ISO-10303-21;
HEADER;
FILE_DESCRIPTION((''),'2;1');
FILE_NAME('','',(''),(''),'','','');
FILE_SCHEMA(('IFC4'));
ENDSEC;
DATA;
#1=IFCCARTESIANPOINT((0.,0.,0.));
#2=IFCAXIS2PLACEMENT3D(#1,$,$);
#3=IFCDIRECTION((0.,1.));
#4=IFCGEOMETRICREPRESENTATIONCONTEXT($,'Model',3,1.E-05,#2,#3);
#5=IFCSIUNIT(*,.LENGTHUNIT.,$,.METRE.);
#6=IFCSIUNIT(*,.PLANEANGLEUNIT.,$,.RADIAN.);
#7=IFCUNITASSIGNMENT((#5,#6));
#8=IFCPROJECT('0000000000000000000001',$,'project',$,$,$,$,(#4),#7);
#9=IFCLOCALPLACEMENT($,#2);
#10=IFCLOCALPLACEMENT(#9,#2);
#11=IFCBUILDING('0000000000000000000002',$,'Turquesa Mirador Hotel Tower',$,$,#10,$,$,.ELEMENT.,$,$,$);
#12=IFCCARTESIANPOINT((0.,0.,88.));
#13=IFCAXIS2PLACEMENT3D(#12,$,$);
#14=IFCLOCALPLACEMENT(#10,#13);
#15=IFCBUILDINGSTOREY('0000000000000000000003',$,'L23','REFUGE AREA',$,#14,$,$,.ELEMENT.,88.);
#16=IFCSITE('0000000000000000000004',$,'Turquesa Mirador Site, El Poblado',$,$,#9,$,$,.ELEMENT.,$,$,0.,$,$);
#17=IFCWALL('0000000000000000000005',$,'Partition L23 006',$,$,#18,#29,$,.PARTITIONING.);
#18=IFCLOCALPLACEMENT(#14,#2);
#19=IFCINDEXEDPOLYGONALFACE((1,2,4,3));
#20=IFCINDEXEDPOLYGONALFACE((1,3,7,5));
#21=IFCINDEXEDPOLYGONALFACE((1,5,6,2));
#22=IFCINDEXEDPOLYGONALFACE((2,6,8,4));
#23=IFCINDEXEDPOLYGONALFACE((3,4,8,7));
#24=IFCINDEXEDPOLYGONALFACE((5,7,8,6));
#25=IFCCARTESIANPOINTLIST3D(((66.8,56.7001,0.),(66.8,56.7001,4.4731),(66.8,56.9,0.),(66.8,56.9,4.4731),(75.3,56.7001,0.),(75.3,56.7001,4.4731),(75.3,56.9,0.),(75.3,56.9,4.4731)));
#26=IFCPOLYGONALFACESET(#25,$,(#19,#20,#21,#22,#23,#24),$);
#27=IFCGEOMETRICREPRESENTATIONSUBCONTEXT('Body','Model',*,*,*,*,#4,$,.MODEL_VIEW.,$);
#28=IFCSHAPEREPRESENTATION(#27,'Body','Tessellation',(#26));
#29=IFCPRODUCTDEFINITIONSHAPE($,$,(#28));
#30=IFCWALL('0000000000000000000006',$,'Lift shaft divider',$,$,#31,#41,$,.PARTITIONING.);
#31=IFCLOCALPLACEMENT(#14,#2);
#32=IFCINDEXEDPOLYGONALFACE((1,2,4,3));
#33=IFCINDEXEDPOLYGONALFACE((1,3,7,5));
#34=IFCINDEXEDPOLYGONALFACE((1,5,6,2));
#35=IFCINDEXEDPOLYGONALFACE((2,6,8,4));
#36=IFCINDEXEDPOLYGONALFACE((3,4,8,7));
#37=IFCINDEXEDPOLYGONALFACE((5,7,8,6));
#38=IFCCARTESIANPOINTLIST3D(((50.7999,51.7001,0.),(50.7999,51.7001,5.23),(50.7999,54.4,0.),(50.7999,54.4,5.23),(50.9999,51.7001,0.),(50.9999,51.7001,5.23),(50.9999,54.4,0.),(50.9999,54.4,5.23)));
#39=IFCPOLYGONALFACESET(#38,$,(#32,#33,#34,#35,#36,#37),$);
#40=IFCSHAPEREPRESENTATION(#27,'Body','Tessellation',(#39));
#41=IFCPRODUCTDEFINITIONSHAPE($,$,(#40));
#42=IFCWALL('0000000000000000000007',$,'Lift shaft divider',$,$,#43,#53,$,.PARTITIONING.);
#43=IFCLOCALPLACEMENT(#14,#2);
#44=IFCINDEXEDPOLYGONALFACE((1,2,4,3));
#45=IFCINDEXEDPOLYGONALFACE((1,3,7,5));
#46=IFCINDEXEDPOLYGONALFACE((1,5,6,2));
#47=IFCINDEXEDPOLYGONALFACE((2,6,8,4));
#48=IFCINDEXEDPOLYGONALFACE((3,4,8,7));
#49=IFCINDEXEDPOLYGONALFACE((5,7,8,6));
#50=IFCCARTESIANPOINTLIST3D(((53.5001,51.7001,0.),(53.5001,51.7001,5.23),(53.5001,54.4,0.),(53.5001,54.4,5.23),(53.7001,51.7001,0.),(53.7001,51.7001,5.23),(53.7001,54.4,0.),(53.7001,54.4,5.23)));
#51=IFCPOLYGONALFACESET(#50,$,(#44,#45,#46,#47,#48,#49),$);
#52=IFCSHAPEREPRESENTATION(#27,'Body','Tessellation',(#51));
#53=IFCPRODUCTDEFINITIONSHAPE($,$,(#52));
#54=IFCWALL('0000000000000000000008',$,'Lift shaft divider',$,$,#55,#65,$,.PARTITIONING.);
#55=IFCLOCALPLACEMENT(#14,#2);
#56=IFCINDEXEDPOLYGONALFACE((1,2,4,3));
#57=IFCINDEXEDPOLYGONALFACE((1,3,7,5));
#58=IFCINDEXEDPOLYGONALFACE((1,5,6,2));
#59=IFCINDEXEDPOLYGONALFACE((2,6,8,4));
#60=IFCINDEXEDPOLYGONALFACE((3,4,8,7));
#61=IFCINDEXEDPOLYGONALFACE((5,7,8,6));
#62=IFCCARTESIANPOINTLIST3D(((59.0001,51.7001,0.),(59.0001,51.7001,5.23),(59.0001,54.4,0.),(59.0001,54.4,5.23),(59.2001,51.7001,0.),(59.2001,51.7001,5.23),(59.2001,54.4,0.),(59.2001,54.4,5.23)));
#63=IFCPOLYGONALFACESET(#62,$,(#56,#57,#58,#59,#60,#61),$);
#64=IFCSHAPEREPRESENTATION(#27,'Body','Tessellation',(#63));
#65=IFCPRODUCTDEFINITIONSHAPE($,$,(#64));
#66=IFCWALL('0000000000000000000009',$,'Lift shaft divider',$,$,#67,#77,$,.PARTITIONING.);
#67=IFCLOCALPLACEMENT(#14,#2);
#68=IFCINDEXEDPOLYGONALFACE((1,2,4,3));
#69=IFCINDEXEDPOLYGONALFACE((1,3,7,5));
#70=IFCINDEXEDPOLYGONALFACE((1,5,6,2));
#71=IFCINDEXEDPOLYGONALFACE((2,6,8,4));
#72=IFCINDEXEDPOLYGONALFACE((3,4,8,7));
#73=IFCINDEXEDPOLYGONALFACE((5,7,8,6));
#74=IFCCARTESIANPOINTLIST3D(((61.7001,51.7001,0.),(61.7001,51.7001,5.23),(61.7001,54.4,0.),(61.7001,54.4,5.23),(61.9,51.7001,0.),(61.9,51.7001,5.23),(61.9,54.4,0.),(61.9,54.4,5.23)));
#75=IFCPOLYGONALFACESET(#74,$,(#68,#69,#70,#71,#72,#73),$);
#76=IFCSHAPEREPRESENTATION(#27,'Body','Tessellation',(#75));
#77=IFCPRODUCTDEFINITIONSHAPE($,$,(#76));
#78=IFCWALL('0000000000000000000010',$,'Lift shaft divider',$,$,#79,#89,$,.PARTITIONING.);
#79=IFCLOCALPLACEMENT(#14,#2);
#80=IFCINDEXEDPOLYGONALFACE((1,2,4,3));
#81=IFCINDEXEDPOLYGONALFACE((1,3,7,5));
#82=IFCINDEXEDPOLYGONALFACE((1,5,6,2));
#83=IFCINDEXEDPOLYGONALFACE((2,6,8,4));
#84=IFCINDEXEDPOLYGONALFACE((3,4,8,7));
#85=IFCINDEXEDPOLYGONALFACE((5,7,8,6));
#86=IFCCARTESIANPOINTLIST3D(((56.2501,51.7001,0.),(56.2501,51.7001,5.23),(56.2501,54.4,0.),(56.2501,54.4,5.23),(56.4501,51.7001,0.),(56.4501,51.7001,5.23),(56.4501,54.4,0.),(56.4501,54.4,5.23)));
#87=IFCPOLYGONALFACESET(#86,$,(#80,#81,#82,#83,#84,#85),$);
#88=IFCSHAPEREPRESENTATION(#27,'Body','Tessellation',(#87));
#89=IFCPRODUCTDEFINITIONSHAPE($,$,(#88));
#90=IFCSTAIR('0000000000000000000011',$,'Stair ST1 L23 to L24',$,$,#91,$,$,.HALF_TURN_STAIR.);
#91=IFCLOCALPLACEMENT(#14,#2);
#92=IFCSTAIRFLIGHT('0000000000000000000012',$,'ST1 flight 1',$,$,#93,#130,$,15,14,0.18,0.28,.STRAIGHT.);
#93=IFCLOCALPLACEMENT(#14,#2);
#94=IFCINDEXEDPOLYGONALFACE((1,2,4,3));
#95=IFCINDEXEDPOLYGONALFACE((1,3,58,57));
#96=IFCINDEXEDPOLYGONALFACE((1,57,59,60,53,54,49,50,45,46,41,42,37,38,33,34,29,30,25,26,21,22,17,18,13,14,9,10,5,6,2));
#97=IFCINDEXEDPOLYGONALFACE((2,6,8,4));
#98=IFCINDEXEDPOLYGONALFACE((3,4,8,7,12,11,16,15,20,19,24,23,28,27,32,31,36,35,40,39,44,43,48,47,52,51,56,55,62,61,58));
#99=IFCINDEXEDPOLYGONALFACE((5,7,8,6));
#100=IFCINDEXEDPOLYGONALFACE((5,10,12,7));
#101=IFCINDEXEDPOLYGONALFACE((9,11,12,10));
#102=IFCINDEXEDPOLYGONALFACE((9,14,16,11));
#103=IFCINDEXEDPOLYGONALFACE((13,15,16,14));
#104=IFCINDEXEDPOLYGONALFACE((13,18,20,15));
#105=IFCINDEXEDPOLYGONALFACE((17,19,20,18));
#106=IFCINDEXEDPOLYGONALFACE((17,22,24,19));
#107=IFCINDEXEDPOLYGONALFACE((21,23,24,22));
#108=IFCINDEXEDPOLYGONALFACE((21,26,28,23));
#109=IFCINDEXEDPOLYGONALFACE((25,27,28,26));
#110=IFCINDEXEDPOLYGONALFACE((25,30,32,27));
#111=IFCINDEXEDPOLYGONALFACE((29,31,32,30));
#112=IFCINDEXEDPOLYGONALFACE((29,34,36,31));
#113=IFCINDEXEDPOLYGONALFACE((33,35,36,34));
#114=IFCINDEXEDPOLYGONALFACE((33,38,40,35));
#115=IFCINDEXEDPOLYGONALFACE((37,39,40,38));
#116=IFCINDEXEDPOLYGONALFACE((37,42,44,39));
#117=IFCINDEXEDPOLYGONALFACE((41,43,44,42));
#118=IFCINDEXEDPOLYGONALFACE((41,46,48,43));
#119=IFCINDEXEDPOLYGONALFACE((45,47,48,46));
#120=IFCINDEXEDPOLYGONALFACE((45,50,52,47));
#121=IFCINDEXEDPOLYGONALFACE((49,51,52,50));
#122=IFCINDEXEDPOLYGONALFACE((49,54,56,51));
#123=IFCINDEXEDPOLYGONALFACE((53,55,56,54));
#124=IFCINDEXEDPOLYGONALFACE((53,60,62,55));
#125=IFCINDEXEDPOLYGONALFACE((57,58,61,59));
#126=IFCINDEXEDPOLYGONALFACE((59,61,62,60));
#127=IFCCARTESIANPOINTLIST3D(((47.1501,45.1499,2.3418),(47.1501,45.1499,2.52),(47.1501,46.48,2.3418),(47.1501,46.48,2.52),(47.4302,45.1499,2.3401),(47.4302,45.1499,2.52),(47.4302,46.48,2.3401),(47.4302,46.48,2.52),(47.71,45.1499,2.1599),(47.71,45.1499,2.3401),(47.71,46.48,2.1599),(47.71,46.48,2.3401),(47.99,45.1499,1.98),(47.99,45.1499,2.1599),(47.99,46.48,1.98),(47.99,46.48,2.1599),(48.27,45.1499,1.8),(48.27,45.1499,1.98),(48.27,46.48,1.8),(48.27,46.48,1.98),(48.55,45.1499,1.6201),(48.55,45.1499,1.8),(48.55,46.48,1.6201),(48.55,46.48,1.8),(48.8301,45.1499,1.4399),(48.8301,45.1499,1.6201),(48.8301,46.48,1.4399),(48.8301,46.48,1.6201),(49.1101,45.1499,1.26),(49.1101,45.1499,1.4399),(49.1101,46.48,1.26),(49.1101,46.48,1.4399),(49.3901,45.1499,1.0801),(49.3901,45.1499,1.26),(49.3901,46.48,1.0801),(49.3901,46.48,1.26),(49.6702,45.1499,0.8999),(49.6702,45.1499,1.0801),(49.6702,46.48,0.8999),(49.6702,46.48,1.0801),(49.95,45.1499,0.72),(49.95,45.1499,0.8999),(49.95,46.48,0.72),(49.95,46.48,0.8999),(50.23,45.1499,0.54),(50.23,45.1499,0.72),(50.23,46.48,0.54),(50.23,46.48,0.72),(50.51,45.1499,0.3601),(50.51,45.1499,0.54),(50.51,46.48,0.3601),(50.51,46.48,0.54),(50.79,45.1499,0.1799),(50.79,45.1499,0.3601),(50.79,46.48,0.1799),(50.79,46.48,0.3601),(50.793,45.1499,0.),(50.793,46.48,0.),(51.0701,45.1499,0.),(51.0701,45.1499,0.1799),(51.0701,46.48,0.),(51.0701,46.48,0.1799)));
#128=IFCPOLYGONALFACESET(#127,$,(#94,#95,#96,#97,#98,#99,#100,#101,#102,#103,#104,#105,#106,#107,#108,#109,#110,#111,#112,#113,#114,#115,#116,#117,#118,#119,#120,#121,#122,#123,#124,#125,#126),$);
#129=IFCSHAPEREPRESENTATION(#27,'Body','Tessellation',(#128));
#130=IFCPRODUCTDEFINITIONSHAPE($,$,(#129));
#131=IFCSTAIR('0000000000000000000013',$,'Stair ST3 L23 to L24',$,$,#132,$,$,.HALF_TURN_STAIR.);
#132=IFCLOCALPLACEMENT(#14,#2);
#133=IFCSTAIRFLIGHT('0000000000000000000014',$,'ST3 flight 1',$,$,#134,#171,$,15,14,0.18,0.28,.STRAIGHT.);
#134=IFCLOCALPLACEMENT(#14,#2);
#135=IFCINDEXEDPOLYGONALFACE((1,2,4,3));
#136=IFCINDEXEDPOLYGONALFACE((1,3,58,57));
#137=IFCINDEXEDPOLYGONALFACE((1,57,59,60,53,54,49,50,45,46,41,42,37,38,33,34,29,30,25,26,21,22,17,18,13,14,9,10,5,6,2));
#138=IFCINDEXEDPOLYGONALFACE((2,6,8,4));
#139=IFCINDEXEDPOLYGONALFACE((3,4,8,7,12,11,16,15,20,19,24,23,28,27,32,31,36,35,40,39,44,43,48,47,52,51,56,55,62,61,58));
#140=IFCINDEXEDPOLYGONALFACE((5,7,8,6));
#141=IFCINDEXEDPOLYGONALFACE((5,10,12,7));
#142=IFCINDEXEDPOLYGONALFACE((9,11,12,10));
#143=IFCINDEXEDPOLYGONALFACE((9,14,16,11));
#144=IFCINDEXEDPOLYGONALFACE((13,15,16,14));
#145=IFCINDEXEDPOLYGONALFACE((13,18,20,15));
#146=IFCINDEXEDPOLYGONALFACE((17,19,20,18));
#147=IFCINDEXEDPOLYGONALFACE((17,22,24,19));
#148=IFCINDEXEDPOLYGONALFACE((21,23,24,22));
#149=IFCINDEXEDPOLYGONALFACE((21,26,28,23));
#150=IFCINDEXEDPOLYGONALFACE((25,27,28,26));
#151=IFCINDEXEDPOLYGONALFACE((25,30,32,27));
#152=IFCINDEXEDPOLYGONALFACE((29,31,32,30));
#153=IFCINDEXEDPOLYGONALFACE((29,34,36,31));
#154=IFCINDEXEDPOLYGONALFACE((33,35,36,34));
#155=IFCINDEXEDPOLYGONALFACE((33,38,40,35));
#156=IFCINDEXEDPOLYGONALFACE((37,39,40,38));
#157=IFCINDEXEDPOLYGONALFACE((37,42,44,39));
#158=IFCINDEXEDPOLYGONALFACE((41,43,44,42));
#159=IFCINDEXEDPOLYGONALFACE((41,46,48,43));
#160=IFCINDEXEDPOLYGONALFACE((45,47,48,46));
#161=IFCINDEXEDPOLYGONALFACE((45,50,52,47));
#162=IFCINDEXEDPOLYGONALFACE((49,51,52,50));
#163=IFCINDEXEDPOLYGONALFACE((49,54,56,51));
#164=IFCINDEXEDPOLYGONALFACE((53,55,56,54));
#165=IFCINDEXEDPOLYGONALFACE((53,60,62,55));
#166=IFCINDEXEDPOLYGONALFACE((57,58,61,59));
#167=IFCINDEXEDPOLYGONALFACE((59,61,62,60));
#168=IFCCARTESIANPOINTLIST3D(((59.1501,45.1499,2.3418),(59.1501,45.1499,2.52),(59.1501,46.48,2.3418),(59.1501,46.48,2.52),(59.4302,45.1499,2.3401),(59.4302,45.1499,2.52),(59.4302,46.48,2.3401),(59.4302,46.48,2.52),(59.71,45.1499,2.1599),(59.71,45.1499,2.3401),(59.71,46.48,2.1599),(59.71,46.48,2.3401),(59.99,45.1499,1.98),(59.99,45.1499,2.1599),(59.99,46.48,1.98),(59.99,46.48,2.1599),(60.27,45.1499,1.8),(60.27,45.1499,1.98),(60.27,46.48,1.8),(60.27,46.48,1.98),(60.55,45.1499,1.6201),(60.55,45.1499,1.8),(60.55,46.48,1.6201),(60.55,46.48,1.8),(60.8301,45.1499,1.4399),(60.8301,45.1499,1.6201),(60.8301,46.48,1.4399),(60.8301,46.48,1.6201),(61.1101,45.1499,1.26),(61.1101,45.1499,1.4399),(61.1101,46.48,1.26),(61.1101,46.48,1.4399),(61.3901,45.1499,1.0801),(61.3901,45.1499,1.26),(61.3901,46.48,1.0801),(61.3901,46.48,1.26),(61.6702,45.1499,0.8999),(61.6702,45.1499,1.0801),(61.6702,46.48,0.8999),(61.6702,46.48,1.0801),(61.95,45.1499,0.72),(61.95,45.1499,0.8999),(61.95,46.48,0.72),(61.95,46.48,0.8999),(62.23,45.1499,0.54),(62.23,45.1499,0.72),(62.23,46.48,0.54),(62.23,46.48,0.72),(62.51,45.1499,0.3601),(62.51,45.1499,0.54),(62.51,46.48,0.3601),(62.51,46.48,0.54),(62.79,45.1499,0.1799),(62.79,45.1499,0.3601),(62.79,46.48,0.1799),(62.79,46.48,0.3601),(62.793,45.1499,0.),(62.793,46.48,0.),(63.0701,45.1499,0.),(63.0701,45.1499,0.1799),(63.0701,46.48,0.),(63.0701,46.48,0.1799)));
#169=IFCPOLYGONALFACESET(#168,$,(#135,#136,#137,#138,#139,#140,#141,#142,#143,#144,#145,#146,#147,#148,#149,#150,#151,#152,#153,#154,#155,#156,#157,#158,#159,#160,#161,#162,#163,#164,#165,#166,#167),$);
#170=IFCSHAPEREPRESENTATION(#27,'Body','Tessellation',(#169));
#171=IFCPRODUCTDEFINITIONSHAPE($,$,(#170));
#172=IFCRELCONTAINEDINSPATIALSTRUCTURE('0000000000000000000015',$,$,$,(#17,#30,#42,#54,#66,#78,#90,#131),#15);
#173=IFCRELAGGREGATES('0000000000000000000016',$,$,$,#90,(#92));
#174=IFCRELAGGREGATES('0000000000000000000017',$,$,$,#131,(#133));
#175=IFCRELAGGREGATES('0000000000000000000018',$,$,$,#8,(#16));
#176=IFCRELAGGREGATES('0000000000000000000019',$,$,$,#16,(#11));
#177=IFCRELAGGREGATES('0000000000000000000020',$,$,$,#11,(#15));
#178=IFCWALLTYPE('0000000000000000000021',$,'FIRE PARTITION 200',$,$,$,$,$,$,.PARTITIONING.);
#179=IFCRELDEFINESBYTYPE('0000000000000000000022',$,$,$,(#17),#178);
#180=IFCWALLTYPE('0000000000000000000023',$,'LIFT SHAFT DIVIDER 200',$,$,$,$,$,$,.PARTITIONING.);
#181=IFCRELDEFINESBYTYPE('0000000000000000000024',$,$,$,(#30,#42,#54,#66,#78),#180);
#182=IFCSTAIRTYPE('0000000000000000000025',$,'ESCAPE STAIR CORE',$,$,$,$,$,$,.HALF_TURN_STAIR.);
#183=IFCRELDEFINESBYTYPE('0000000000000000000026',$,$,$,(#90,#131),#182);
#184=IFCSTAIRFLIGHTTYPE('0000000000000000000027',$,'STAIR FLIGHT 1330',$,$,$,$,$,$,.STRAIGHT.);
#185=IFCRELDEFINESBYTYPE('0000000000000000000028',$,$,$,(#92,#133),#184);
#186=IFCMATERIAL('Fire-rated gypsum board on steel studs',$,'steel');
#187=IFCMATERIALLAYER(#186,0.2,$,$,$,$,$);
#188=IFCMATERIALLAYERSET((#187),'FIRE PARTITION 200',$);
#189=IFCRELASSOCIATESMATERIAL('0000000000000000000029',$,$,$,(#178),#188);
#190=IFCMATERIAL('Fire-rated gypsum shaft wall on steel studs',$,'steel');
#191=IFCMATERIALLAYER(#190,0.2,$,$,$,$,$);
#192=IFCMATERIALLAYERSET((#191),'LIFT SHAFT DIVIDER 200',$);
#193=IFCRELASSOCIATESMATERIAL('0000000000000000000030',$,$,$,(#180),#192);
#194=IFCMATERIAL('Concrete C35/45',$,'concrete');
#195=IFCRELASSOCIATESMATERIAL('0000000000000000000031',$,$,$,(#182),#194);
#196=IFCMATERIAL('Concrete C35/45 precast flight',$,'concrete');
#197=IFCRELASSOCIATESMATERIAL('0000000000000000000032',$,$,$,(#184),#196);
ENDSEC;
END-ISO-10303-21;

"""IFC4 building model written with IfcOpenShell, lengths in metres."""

from ifc_helpers import new_model, si_unit, direction, frame, frame_2d, origin, place, context, subcontext, project, spatial, polyline, rectangle, outline, extrude, material, layer, layer_set, type_object, element, aggregate, save


model = new_model("IFC4")

# Units and contexts
model_context = context("Model", 3, precision=1e-05, world=origin(), true_north=direction((0.0, 1.0)))
body_context = subcontext(model_context, "Body", "Model", "MODEL_VIEW")
ifc_project = project(units=[si_unit("LENGTHUNIT", "METRE"), si_unit("PLANEANGLEUNIT", "RADIAN")], contexts=[model_context])

# Site, building, storey
site_placement = place(None, origin())
site = spatial("IfcSite", under=ifc_project, at=site_placement, Name="Turquesa Mirador Site, El Poblado", CompositionType="ELEMENT", RefElevation=0.0)
building_placement = place(site_placement, origin())
building = spatial("IfcBuilding", under=site, at=building_placement, Name="Turquesa Mirador Hotel Tower", CompositionType="ELEMENT")
storey_placement = place(building_placement, frame((0.0, 0.0, 88.0)))
storey = spatial("IfcBuildingStorey", under=building, at=storey_placement, Name="L23", Description="REFUGE AREA", CompositionType="ELEMENT", Elevation=88.0)

# Walls
ifc_material_1 = material(Name="Fire-rated gypsum board on steel studs", Category="steel")
ifc_layer_1 = layer(ifc_material_1, 0.2)
ifc_layer_set_1 = layer_set([ifc_layer_1], Name="FIRE PARTITION 200")
wall_type_1 = type_object("IfcWallType", Name="FIRE PARTITION 200", PredefinedType="PARTITIONING", material=ifc_layer_set_1)
wall_1_placement = place(storey_placement, frame((66.8, 56.8, 0.0), z_axis=(0.0, 0.0, 1.0), x_axis=(1.0, 0.0, 0.0)))
element("IfcWall", 1, at=wall_1_placement, inside=storey, type_object=wall_type_1, Name="Partition L23 006", PredefinedType="PARTITIONING", context=body_context, shape_type="SweptSolid", body=[
    extrude(rectangle(XDim=8.5, YDim=0.2, at=frame_2d((4.25, 0.0))), origin(), (0.0, 0.0, 1.0), 4.4731),
])
ifc_material_2 = material(Name="Fire-rated gypsum shaft wall on steel studs", Category="steel")
ifc_layer_2 = layer(ifc_material_2, 0.2)
ifc_layer_set_2 = layer_set([ifc_layer_2], Name="LIFT SHAFT DIVIDER 200")
wall_type_2 = type_object("IfcWallType", Name="LIFT SHAFT DIVIDER 200", PredefinedType="PARTITIONING", material=ifc_layer_set_2)
for number, where, z_axis, x_axis, name in (
    (2, (50.8999, 51.7, 0.0), (0.0, 0.0, 1.0), (0.0, 1.0, 0.0), "Lift shaft divider"),
    (3, (53.6001, 51.7, 0.0), (0.0, 0.0, 1.0), (0.0, 1.0, 0.0), "Lift shaft divider"),
    (4, (59.1001, 51.7, 0.0), (0.0, 0.0, 1.0), (0.0, 1.0, 0.0), "Lift shaft divider"),
    (5, (61.8, 51.7, 0.0), (0.0, 0.0, 1.0), (0.0, 1.0, 0.0), "Lift shaft divider"),
    (6, (56.3501, 51.7, 0.0), (0.0, 0.0, 1.0), (0.0, 1.0, 0.0), "Lift shaft divider"),
):
    element("IfcWall", number, at=place(storey_placement, frame(where, z_axis=z_axis, x_axis=x_axis)), inside=storey, type_object=wall_type_2, Name=name, PredefinedType="PARTITIONING", context=body_context, shape_type="SweptSolid", body=[
        extrude(rectangle(XDim=2.7, YDim=0.2, at=frame_2d((1.3501, 0.0))), origin(), (0.0, 0.0, 1.0), 5.23),
    ])

# Stair, stair flight
ifc_material_3 = material(Name="Concrete C35/45", Category="concrete")
stair_type = type_object("IfcStairType", Name="ESCAPE STAIR CORE", PredefinedType="HALF_TURN_STAIR", material=ifc_material_3)
stair_1_placement = place(storey_placement, origin())
stair_1 = element("IfcStair", 7, at=stair_1_placement, inside=storey, type_object=stair_type, Name="Stair ST1 L23 to L24", PredefinedType="HALF_TURN_STAIR")
ifc_material_4 = material(Name="Concrete C35/45 precast flight", Category="concrete")
stair_flight_type = type_object("IfcStairFlightType", Name="STAIR FLIGHT 1330", PredefinedType="STRAIGHT", material=ifc_material_4)
stair_flight_1_placement = place(storey_placement, frame((51.0701, 45.8149, 0.0), z_axis=(0.0, 0.0, 1.0), x_axis=(-1.0, 0.0, 0.0)))
stair_flight_1 = element("IfcStairFlight", 8, at=stair_flight_1_placement, type_object=stair_flight_type, Name="ST1 flight 1", NumberOfRisers=15, NumberOfTreads=14, PredefinedType="STRAIGHT", RiserHeight=0.18, TreadLength=0.28, context=body_context, shape_type="SweptSolid", body=[
    extrude(outline(polyline([(0.0, 0.0), (0.0, 0.1799), (0.28, 0.1799), (0.28, 0.3601), (0.5601, 0.3601), (0.5601, 0.54), (0.8401, 0.54), (0.8401, 0.72), (1.1201, 0.72), (1.1201, 0.8999), (1.3999, 0.8999), (1.3999, 1.0801), (1.6799, 1.0801), (1.6799, 1.26), (1.96, 1.26), (1.96, 1.4399), (2.24, 1.4399), (2.24, 1.6201), (2.52, 1.6201), (2.52, 1.8), (2.8, 1.8), (2.8, 1.98), (3.0801, 1.98), (3.0801, 2.1599), (3.3601, 2.1599), (3.3601, 2.3401), (3.6399, 2.3401), (3.6399, 2.52), (3.9199, 2.52), (3.9199, 2.7), (3.9199, 2.3418), (0.2771, 0.0), (0.0, 0.0)])), frame((0.0, 0.665, 0.0), z_axis=(0.0, -1.0, 0.0), x_axis=(1.0, 0.0, 0.0)), (0.0, 0.0, 1.0), 1.3301),
])
aggregate(stair_1, [stair_flight_1])

# Stair, stair flight
stair_2_placement = place(storey_placement, origin())
stair_2 = element("IfcStair", 9, at=stair_2_placement, inside=storey, type_object=stair_type, Name="Stair ST3 L23 to L24", PredefinedType="HALF_TURN_STAIR")
stair_flight_2_placement = place(storey_placement, frame((63.0701, 45.8149, 0.0), z_axis=(0.0, 0.0, 1.0), x_axis=(-1.0, 0.0, 0.0)))
stair_flight_2 = element("IfcStairFlight", 10, at=stair_flight_2_placement, type_object=stair_flight_type, Name="ST3 flight 1", NumberOfRisers=15, NumberOfTreads=14, PredefinedType="STRAIGHT", RiserHeight=0.18, TreadLength=0.28, context=body_context, shape_type="SweptSolid", body=[
    extrude(outline(polyline([(0.0, 0.0), (0.0, 0.1799), (0.28, 0.1799), (0.28, 0.3601), (0.5601, 0.3601), (0.5601, 0.54), (0.8401, 0.54), (0.8401, 0.72), (1.1201, 0.72), (1.1201, 0.8999), (1.3999, 0.8999), (1.3999, 1.0801), (1.6799, 1.0801), (1.6799, 1.26), (1.96, 1.26), (1.96, 1.4399), (2.24, 1.4399), (2.24, 1.6201), (2.52, 1.6201), (2.52, 1.8), (2.8, 1.8), (2.8, 1.98), (3.0801, 1.98), (3.0801, 2.1599), (3.3601, 2.1599), (3.3601, 2.3401), (3.6399, 2.3401), (3.6399, 2.52), (3.9199, 2.52), (3.9199, 2.7), (3.9199, 2.3418), (0.2771, 0.0), (0.0, 0.0)])), frame((0.0, 0.665, 0.0), z_axis=(0.0, -1.0, 0.0), x_axis=(1.0, 0.0, 0.0)), (0.0, 0.0, 1.0), 1.3301),
])
aggregate(stair_2, [stair_flight_2])

save(model, "model.ifc")
